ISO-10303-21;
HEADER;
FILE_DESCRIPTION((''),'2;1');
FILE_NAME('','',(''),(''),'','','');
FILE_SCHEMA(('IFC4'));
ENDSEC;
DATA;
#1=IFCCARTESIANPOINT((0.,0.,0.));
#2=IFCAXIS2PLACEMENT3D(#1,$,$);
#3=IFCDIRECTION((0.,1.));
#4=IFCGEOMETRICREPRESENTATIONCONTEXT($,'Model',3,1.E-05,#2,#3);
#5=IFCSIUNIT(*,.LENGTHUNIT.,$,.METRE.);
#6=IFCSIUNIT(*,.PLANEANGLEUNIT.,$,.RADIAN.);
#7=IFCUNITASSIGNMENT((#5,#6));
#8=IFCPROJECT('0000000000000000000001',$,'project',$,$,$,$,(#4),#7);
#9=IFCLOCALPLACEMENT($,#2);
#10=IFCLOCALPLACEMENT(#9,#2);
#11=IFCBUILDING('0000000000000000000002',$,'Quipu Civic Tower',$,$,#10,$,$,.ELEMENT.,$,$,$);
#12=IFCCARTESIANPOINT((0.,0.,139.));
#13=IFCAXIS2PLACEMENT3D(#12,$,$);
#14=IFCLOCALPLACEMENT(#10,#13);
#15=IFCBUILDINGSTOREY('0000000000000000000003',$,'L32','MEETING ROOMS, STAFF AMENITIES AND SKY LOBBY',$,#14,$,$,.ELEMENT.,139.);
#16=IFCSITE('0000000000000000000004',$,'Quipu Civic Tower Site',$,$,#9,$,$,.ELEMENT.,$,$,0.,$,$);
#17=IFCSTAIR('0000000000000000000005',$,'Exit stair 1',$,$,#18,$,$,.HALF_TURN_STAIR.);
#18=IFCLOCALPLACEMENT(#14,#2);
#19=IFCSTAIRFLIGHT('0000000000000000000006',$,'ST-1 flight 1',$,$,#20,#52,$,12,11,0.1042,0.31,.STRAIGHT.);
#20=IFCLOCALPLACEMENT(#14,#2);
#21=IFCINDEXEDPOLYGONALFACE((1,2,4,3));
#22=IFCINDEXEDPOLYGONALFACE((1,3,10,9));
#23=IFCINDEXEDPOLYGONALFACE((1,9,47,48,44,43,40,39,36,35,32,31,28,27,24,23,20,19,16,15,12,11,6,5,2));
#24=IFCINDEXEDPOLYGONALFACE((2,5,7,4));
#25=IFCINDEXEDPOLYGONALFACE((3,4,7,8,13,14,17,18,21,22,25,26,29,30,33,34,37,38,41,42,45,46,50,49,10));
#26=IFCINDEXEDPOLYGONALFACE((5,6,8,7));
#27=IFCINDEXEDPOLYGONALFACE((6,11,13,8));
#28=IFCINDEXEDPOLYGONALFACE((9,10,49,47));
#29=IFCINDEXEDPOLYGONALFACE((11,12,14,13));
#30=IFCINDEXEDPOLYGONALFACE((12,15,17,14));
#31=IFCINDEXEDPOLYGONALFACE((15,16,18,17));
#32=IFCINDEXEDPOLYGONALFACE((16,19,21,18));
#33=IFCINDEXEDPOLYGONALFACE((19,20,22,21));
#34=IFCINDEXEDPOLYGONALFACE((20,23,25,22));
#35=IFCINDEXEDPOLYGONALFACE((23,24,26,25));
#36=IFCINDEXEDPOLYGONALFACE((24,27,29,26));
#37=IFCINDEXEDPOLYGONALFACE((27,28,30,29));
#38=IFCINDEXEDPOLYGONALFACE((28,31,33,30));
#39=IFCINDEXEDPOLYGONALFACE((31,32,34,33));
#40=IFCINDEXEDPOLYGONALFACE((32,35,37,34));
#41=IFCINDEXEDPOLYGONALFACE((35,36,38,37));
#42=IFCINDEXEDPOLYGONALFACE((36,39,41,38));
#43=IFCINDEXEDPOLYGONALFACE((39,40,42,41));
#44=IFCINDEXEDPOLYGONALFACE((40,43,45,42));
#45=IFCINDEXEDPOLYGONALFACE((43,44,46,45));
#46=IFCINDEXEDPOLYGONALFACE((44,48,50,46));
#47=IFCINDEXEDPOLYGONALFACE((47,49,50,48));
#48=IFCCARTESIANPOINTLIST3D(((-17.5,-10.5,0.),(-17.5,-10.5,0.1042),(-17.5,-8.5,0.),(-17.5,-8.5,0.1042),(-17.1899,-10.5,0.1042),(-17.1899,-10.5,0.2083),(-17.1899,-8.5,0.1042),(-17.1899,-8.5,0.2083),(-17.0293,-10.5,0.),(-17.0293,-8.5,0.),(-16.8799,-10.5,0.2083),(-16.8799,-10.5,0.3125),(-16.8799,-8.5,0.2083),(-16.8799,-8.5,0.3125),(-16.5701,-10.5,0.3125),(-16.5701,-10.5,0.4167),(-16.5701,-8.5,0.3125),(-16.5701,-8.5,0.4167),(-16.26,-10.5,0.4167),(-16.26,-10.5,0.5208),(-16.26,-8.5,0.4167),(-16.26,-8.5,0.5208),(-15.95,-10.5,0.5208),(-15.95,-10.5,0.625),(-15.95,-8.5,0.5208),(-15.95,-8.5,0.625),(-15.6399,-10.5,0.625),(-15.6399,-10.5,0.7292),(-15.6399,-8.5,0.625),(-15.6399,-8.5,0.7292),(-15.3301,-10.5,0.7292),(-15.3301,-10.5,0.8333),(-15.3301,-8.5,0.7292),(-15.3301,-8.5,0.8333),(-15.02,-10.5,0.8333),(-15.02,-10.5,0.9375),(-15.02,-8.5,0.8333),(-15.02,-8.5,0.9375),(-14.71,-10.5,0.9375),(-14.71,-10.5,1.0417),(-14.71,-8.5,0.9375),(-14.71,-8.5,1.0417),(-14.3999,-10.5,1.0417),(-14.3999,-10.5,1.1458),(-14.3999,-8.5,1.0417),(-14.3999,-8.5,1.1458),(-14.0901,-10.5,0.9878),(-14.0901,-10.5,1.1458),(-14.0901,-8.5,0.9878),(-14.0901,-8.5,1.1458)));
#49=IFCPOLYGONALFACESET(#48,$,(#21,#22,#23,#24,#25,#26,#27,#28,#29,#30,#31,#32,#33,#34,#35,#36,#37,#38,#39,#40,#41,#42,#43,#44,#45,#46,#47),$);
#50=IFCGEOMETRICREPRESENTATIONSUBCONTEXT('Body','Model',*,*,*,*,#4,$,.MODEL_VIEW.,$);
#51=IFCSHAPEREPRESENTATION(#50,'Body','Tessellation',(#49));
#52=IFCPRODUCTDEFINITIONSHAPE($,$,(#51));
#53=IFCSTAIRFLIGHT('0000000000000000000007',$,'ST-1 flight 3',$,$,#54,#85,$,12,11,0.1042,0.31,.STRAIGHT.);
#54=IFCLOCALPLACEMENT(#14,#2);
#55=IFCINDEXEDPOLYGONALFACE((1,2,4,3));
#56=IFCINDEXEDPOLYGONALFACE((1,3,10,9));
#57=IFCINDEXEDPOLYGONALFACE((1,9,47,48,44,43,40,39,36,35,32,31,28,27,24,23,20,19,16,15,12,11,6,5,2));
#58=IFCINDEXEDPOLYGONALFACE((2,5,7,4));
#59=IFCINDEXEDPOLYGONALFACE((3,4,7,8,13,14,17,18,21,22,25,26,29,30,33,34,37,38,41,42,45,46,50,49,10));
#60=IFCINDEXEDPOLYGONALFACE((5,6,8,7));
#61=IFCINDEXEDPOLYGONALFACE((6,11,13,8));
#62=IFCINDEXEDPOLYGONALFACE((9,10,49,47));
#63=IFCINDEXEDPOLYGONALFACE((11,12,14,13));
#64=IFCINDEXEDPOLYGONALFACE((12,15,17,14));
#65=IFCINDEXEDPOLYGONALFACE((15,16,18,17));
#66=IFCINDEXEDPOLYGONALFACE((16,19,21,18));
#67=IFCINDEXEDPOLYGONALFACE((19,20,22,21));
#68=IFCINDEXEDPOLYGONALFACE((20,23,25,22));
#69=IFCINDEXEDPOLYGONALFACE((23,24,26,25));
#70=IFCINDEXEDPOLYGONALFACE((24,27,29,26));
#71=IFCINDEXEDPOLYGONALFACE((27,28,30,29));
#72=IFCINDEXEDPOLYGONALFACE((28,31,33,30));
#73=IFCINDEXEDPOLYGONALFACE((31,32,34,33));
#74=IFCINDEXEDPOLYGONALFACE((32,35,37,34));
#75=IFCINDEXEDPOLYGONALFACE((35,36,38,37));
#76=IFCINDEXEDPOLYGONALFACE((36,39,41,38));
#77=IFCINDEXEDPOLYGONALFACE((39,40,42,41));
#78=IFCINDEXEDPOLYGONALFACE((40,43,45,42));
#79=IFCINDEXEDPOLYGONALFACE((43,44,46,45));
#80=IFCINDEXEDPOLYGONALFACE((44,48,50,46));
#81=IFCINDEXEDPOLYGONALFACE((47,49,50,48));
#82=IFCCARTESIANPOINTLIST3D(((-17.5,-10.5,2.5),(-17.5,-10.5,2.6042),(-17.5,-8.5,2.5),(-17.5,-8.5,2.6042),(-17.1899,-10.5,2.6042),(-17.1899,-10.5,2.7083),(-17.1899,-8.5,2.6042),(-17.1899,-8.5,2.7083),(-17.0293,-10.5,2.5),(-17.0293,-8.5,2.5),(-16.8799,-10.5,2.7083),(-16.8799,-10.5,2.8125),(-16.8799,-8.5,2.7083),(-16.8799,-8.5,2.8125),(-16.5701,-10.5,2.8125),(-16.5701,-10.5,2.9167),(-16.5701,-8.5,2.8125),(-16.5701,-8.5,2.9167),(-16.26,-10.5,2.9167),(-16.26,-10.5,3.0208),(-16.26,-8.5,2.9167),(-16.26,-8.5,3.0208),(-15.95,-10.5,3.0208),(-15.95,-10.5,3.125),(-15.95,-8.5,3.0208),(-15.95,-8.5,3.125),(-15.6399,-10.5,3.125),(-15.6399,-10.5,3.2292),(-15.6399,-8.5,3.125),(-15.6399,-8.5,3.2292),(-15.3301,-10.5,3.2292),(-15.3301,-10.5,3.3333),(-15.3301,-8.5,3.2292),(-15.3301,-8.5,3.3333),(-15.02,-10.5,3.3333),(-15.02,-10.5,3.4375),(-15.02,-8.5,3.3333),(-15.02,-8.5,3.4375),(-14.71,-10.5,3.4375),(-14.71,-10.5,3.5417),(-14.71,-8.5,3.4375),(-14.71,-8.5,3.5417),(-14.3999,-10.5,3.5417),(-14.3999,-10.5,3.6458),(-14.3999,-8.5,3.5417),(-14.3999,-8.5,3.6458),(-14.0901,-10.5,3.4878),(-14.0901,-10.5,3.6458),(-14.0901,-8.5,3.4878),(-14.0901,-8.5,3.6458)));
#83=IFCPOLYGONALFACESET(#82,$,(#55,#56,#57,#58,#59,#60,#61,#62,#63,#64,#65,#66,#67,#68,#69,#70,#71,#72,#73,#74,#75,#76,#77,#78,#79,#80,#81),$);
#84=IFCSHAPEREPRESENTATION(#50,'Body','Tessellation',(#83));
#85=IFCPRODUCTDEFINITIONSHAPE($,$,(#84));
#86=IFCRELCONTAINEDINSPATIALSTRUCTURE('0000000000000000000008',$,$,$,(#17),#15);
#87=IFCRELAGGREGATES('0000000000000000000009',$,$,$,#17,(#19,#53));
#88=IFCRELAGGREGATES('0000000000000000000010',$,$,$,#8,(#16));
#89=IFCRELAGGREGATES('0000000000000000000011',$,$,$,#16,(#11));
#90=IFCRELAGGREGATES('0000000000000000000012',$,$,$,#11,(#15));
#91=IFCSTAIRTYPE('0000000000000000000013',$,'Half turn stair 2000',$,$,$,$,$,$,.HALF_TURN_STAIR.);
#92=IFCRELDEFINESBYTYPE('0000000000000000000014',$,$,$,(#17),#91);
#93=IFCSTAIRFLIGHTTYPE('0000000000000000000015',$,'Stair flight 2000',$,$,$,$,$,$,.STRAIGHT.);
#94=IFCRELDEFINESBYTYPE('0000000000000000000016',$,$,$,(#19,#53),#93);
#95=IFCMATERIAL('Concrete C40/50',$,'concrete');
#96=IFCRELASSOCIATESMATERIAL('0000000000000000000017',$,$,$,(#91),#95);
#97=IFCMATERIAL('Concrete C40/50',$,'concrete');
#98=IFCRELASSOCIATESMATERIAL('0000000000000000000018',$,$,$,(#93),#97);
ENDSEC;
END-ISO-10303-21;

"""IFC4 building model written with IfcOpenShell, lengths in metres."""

from ifc_helpers import new_model, si_unit, direction, frame, origin, place, context, subcontext, project, spatial, polyline, outline, extrude, material, type_object, element, aggregate, save


model = new_model("IFC4")

# Units and contexts
model_context = context("Model", 3, precision=1e-05, world=origin(), true_north=direction((0.0, 1.0)))
body_context = subcontext(model_context, "Body", "Model", "MODEL_VIEW")
ifc_project = project(units=[si_unit("LENGTHUNIT", "METRE"), si_unit("PLANEANGLEUNIT", "RADIAN")], contexts=[model_context])

# Site, building, storey
site_placement = place(None, origin())
site = spatial("IfcSite", under=ifc_project, at=site_placement, Name="Quipu Civic Tower Site", CompositionType="ELEMENT", RefElevation=0.0)
building_placement = place(site_placement, origin())
building = spatial("IfcBuilding", under=site, at=building_placement, Name="Quipu Civic Tower", CompositionType="ELEMENT")
storey_placement = place(building_placement, frame((0.0, 0.0, 139.0)))
storey = spatial("IfcBuildingStorey", under=building, at=storey_placement, Name="L32", Description="MEETING ROOMS, STAFF AMENITIES AND SKY LOBBY", CompositionType="ELEMENT", Elevation=139.0)

# Stair, stair flights
ifc_material_1 = material(Name="Concrete C40/50", Category="concrete")
stair_type = type_object("IfcStairType", Name="Half turn stair 2000", PredefinedType="HALF_TURN_STAIR", material=ifc_material_1)
stair_placement = place(storey_placement, origin())
stair = element("IfcStair", 1, at=stair_placement, inside=storey, type_object=stair_type, Name="Exit stair 1", PredefinedType="HALF_TURN_STAIR")
ifc_material_2 = material(Name="Concrete C40/50", Category="concrete")
stair_flight_type = type_object("IfcStairFlightType", Name="Stair flight 2000", PredefinedType="STRAIGHT", material=ifc_material_2)
stair_flight_1_placement = place(storey_placement, frame((-17.5, -9.5, 0.0), z_axis=(0.0, 0.0, 1.0), x_axis=(1.0, 0.0, 0.0)))
stair_flight_1 = element("IfcStairFlight", 2, at=stair_flight_1_placement, type_object=stair_flight_type, Name="ST-1 flight 1", NumberOfRisers=12, NumberOfTreads=11, PredefinedType="STRAIGHT", RiserHeight=0.1042, TreadLength=0.31, context=body_context, shape_type="SweptSolid", body=[
    extrude(outline(polyline([(0.0, 0.0), (0.0, 0.1042), (0.3101, 0.1042), (0.3101, 0.2083), (0.6201, 0.2083), (0.6201, 0.3125), (0.9299, 0.3125), (0.9299, 0.4167), (1.24, 0.4167), (1.24, 0.5208), (1.55, 0.5208), (1.55, 0.625), (1.8601, 0.625), (1.8601, 0.7292), (2.1699, 0.7292), (2.1699, 0.8333), (2.48, 0.8333), (2.48, 0.9375), (2.79, 0.9375), (2.79, 1.0417), (3.1001, 1.0417), (3.1001, 1.1458), (3.4099, 1.1458), (3.4099, 1.25), (3.4099, 0.9878), (0.4707, 0.0), (0.0, 0.0)])), frame((0.0, 1.0, 0.0), z_axis=(0.0, -1.0, 0.0), x_axis=(1.0, 0.0, 0.0)), (0.0, 0.0, 1.0), 2.0),
])
stair_flight_2_placement = place(storey_placement, frame((-17.5, -9.5, 2.5), z_axis=(0.0, 0.0, 1.0), x_axis=(1.0, 0.0, 0.0)))
stair_flight_2 = element("IfcStairFlight", 3, at=stair_flight_2_placement, type_object=stair_flight_type, Name="ST-1 flight 3", NumberOfRisers=12, NumberOfTreads=11, PredefinedType="STRAIGHT", RiserHeight=0.1042, TreadLength=0.31, context=body_context, shape_type="SweptSolid", body=[
    extrude(outline(polyline([(0.0, 0.0), (0.0, 0.1042), (0.3101, 0.1042), (0.3101, 0.2083), (0.6201, 0.2083), (0.6201, 0.3125), (0.9299, 0.3125), (0.9299, 0.4167), (1.24, 0.4167), (1.24, 0.5208), (1.55, 0.5208), (1.55, 0.625), (1.8601, 0.625), (1.8601, 0.7292), (2.1699, 0.7292), (2.1699, 0.8333), (2.48, 0.8333), (2.48, 0.9375), (2.79, 0.9375), (2.79, 1.0417), (3.1001, 1.0417), (3.1001, 1.1458), (3.4099, 1.1458), (3.4099, 1.25), (3.4099, 0.9878), (0.4707, 0.0), (0.0, 0.0)])), frame((0.0, 1.0, 0.0), z_axis=(0.0, -1.0, 0.0), x_axis=(1.0, 0.0, 0.0)), (0.0, 0.0, 1.0), 2.0),
])
aggregate(stair, [stair_flight_1, stair_flight_2])

save(model, "model.ifc")
